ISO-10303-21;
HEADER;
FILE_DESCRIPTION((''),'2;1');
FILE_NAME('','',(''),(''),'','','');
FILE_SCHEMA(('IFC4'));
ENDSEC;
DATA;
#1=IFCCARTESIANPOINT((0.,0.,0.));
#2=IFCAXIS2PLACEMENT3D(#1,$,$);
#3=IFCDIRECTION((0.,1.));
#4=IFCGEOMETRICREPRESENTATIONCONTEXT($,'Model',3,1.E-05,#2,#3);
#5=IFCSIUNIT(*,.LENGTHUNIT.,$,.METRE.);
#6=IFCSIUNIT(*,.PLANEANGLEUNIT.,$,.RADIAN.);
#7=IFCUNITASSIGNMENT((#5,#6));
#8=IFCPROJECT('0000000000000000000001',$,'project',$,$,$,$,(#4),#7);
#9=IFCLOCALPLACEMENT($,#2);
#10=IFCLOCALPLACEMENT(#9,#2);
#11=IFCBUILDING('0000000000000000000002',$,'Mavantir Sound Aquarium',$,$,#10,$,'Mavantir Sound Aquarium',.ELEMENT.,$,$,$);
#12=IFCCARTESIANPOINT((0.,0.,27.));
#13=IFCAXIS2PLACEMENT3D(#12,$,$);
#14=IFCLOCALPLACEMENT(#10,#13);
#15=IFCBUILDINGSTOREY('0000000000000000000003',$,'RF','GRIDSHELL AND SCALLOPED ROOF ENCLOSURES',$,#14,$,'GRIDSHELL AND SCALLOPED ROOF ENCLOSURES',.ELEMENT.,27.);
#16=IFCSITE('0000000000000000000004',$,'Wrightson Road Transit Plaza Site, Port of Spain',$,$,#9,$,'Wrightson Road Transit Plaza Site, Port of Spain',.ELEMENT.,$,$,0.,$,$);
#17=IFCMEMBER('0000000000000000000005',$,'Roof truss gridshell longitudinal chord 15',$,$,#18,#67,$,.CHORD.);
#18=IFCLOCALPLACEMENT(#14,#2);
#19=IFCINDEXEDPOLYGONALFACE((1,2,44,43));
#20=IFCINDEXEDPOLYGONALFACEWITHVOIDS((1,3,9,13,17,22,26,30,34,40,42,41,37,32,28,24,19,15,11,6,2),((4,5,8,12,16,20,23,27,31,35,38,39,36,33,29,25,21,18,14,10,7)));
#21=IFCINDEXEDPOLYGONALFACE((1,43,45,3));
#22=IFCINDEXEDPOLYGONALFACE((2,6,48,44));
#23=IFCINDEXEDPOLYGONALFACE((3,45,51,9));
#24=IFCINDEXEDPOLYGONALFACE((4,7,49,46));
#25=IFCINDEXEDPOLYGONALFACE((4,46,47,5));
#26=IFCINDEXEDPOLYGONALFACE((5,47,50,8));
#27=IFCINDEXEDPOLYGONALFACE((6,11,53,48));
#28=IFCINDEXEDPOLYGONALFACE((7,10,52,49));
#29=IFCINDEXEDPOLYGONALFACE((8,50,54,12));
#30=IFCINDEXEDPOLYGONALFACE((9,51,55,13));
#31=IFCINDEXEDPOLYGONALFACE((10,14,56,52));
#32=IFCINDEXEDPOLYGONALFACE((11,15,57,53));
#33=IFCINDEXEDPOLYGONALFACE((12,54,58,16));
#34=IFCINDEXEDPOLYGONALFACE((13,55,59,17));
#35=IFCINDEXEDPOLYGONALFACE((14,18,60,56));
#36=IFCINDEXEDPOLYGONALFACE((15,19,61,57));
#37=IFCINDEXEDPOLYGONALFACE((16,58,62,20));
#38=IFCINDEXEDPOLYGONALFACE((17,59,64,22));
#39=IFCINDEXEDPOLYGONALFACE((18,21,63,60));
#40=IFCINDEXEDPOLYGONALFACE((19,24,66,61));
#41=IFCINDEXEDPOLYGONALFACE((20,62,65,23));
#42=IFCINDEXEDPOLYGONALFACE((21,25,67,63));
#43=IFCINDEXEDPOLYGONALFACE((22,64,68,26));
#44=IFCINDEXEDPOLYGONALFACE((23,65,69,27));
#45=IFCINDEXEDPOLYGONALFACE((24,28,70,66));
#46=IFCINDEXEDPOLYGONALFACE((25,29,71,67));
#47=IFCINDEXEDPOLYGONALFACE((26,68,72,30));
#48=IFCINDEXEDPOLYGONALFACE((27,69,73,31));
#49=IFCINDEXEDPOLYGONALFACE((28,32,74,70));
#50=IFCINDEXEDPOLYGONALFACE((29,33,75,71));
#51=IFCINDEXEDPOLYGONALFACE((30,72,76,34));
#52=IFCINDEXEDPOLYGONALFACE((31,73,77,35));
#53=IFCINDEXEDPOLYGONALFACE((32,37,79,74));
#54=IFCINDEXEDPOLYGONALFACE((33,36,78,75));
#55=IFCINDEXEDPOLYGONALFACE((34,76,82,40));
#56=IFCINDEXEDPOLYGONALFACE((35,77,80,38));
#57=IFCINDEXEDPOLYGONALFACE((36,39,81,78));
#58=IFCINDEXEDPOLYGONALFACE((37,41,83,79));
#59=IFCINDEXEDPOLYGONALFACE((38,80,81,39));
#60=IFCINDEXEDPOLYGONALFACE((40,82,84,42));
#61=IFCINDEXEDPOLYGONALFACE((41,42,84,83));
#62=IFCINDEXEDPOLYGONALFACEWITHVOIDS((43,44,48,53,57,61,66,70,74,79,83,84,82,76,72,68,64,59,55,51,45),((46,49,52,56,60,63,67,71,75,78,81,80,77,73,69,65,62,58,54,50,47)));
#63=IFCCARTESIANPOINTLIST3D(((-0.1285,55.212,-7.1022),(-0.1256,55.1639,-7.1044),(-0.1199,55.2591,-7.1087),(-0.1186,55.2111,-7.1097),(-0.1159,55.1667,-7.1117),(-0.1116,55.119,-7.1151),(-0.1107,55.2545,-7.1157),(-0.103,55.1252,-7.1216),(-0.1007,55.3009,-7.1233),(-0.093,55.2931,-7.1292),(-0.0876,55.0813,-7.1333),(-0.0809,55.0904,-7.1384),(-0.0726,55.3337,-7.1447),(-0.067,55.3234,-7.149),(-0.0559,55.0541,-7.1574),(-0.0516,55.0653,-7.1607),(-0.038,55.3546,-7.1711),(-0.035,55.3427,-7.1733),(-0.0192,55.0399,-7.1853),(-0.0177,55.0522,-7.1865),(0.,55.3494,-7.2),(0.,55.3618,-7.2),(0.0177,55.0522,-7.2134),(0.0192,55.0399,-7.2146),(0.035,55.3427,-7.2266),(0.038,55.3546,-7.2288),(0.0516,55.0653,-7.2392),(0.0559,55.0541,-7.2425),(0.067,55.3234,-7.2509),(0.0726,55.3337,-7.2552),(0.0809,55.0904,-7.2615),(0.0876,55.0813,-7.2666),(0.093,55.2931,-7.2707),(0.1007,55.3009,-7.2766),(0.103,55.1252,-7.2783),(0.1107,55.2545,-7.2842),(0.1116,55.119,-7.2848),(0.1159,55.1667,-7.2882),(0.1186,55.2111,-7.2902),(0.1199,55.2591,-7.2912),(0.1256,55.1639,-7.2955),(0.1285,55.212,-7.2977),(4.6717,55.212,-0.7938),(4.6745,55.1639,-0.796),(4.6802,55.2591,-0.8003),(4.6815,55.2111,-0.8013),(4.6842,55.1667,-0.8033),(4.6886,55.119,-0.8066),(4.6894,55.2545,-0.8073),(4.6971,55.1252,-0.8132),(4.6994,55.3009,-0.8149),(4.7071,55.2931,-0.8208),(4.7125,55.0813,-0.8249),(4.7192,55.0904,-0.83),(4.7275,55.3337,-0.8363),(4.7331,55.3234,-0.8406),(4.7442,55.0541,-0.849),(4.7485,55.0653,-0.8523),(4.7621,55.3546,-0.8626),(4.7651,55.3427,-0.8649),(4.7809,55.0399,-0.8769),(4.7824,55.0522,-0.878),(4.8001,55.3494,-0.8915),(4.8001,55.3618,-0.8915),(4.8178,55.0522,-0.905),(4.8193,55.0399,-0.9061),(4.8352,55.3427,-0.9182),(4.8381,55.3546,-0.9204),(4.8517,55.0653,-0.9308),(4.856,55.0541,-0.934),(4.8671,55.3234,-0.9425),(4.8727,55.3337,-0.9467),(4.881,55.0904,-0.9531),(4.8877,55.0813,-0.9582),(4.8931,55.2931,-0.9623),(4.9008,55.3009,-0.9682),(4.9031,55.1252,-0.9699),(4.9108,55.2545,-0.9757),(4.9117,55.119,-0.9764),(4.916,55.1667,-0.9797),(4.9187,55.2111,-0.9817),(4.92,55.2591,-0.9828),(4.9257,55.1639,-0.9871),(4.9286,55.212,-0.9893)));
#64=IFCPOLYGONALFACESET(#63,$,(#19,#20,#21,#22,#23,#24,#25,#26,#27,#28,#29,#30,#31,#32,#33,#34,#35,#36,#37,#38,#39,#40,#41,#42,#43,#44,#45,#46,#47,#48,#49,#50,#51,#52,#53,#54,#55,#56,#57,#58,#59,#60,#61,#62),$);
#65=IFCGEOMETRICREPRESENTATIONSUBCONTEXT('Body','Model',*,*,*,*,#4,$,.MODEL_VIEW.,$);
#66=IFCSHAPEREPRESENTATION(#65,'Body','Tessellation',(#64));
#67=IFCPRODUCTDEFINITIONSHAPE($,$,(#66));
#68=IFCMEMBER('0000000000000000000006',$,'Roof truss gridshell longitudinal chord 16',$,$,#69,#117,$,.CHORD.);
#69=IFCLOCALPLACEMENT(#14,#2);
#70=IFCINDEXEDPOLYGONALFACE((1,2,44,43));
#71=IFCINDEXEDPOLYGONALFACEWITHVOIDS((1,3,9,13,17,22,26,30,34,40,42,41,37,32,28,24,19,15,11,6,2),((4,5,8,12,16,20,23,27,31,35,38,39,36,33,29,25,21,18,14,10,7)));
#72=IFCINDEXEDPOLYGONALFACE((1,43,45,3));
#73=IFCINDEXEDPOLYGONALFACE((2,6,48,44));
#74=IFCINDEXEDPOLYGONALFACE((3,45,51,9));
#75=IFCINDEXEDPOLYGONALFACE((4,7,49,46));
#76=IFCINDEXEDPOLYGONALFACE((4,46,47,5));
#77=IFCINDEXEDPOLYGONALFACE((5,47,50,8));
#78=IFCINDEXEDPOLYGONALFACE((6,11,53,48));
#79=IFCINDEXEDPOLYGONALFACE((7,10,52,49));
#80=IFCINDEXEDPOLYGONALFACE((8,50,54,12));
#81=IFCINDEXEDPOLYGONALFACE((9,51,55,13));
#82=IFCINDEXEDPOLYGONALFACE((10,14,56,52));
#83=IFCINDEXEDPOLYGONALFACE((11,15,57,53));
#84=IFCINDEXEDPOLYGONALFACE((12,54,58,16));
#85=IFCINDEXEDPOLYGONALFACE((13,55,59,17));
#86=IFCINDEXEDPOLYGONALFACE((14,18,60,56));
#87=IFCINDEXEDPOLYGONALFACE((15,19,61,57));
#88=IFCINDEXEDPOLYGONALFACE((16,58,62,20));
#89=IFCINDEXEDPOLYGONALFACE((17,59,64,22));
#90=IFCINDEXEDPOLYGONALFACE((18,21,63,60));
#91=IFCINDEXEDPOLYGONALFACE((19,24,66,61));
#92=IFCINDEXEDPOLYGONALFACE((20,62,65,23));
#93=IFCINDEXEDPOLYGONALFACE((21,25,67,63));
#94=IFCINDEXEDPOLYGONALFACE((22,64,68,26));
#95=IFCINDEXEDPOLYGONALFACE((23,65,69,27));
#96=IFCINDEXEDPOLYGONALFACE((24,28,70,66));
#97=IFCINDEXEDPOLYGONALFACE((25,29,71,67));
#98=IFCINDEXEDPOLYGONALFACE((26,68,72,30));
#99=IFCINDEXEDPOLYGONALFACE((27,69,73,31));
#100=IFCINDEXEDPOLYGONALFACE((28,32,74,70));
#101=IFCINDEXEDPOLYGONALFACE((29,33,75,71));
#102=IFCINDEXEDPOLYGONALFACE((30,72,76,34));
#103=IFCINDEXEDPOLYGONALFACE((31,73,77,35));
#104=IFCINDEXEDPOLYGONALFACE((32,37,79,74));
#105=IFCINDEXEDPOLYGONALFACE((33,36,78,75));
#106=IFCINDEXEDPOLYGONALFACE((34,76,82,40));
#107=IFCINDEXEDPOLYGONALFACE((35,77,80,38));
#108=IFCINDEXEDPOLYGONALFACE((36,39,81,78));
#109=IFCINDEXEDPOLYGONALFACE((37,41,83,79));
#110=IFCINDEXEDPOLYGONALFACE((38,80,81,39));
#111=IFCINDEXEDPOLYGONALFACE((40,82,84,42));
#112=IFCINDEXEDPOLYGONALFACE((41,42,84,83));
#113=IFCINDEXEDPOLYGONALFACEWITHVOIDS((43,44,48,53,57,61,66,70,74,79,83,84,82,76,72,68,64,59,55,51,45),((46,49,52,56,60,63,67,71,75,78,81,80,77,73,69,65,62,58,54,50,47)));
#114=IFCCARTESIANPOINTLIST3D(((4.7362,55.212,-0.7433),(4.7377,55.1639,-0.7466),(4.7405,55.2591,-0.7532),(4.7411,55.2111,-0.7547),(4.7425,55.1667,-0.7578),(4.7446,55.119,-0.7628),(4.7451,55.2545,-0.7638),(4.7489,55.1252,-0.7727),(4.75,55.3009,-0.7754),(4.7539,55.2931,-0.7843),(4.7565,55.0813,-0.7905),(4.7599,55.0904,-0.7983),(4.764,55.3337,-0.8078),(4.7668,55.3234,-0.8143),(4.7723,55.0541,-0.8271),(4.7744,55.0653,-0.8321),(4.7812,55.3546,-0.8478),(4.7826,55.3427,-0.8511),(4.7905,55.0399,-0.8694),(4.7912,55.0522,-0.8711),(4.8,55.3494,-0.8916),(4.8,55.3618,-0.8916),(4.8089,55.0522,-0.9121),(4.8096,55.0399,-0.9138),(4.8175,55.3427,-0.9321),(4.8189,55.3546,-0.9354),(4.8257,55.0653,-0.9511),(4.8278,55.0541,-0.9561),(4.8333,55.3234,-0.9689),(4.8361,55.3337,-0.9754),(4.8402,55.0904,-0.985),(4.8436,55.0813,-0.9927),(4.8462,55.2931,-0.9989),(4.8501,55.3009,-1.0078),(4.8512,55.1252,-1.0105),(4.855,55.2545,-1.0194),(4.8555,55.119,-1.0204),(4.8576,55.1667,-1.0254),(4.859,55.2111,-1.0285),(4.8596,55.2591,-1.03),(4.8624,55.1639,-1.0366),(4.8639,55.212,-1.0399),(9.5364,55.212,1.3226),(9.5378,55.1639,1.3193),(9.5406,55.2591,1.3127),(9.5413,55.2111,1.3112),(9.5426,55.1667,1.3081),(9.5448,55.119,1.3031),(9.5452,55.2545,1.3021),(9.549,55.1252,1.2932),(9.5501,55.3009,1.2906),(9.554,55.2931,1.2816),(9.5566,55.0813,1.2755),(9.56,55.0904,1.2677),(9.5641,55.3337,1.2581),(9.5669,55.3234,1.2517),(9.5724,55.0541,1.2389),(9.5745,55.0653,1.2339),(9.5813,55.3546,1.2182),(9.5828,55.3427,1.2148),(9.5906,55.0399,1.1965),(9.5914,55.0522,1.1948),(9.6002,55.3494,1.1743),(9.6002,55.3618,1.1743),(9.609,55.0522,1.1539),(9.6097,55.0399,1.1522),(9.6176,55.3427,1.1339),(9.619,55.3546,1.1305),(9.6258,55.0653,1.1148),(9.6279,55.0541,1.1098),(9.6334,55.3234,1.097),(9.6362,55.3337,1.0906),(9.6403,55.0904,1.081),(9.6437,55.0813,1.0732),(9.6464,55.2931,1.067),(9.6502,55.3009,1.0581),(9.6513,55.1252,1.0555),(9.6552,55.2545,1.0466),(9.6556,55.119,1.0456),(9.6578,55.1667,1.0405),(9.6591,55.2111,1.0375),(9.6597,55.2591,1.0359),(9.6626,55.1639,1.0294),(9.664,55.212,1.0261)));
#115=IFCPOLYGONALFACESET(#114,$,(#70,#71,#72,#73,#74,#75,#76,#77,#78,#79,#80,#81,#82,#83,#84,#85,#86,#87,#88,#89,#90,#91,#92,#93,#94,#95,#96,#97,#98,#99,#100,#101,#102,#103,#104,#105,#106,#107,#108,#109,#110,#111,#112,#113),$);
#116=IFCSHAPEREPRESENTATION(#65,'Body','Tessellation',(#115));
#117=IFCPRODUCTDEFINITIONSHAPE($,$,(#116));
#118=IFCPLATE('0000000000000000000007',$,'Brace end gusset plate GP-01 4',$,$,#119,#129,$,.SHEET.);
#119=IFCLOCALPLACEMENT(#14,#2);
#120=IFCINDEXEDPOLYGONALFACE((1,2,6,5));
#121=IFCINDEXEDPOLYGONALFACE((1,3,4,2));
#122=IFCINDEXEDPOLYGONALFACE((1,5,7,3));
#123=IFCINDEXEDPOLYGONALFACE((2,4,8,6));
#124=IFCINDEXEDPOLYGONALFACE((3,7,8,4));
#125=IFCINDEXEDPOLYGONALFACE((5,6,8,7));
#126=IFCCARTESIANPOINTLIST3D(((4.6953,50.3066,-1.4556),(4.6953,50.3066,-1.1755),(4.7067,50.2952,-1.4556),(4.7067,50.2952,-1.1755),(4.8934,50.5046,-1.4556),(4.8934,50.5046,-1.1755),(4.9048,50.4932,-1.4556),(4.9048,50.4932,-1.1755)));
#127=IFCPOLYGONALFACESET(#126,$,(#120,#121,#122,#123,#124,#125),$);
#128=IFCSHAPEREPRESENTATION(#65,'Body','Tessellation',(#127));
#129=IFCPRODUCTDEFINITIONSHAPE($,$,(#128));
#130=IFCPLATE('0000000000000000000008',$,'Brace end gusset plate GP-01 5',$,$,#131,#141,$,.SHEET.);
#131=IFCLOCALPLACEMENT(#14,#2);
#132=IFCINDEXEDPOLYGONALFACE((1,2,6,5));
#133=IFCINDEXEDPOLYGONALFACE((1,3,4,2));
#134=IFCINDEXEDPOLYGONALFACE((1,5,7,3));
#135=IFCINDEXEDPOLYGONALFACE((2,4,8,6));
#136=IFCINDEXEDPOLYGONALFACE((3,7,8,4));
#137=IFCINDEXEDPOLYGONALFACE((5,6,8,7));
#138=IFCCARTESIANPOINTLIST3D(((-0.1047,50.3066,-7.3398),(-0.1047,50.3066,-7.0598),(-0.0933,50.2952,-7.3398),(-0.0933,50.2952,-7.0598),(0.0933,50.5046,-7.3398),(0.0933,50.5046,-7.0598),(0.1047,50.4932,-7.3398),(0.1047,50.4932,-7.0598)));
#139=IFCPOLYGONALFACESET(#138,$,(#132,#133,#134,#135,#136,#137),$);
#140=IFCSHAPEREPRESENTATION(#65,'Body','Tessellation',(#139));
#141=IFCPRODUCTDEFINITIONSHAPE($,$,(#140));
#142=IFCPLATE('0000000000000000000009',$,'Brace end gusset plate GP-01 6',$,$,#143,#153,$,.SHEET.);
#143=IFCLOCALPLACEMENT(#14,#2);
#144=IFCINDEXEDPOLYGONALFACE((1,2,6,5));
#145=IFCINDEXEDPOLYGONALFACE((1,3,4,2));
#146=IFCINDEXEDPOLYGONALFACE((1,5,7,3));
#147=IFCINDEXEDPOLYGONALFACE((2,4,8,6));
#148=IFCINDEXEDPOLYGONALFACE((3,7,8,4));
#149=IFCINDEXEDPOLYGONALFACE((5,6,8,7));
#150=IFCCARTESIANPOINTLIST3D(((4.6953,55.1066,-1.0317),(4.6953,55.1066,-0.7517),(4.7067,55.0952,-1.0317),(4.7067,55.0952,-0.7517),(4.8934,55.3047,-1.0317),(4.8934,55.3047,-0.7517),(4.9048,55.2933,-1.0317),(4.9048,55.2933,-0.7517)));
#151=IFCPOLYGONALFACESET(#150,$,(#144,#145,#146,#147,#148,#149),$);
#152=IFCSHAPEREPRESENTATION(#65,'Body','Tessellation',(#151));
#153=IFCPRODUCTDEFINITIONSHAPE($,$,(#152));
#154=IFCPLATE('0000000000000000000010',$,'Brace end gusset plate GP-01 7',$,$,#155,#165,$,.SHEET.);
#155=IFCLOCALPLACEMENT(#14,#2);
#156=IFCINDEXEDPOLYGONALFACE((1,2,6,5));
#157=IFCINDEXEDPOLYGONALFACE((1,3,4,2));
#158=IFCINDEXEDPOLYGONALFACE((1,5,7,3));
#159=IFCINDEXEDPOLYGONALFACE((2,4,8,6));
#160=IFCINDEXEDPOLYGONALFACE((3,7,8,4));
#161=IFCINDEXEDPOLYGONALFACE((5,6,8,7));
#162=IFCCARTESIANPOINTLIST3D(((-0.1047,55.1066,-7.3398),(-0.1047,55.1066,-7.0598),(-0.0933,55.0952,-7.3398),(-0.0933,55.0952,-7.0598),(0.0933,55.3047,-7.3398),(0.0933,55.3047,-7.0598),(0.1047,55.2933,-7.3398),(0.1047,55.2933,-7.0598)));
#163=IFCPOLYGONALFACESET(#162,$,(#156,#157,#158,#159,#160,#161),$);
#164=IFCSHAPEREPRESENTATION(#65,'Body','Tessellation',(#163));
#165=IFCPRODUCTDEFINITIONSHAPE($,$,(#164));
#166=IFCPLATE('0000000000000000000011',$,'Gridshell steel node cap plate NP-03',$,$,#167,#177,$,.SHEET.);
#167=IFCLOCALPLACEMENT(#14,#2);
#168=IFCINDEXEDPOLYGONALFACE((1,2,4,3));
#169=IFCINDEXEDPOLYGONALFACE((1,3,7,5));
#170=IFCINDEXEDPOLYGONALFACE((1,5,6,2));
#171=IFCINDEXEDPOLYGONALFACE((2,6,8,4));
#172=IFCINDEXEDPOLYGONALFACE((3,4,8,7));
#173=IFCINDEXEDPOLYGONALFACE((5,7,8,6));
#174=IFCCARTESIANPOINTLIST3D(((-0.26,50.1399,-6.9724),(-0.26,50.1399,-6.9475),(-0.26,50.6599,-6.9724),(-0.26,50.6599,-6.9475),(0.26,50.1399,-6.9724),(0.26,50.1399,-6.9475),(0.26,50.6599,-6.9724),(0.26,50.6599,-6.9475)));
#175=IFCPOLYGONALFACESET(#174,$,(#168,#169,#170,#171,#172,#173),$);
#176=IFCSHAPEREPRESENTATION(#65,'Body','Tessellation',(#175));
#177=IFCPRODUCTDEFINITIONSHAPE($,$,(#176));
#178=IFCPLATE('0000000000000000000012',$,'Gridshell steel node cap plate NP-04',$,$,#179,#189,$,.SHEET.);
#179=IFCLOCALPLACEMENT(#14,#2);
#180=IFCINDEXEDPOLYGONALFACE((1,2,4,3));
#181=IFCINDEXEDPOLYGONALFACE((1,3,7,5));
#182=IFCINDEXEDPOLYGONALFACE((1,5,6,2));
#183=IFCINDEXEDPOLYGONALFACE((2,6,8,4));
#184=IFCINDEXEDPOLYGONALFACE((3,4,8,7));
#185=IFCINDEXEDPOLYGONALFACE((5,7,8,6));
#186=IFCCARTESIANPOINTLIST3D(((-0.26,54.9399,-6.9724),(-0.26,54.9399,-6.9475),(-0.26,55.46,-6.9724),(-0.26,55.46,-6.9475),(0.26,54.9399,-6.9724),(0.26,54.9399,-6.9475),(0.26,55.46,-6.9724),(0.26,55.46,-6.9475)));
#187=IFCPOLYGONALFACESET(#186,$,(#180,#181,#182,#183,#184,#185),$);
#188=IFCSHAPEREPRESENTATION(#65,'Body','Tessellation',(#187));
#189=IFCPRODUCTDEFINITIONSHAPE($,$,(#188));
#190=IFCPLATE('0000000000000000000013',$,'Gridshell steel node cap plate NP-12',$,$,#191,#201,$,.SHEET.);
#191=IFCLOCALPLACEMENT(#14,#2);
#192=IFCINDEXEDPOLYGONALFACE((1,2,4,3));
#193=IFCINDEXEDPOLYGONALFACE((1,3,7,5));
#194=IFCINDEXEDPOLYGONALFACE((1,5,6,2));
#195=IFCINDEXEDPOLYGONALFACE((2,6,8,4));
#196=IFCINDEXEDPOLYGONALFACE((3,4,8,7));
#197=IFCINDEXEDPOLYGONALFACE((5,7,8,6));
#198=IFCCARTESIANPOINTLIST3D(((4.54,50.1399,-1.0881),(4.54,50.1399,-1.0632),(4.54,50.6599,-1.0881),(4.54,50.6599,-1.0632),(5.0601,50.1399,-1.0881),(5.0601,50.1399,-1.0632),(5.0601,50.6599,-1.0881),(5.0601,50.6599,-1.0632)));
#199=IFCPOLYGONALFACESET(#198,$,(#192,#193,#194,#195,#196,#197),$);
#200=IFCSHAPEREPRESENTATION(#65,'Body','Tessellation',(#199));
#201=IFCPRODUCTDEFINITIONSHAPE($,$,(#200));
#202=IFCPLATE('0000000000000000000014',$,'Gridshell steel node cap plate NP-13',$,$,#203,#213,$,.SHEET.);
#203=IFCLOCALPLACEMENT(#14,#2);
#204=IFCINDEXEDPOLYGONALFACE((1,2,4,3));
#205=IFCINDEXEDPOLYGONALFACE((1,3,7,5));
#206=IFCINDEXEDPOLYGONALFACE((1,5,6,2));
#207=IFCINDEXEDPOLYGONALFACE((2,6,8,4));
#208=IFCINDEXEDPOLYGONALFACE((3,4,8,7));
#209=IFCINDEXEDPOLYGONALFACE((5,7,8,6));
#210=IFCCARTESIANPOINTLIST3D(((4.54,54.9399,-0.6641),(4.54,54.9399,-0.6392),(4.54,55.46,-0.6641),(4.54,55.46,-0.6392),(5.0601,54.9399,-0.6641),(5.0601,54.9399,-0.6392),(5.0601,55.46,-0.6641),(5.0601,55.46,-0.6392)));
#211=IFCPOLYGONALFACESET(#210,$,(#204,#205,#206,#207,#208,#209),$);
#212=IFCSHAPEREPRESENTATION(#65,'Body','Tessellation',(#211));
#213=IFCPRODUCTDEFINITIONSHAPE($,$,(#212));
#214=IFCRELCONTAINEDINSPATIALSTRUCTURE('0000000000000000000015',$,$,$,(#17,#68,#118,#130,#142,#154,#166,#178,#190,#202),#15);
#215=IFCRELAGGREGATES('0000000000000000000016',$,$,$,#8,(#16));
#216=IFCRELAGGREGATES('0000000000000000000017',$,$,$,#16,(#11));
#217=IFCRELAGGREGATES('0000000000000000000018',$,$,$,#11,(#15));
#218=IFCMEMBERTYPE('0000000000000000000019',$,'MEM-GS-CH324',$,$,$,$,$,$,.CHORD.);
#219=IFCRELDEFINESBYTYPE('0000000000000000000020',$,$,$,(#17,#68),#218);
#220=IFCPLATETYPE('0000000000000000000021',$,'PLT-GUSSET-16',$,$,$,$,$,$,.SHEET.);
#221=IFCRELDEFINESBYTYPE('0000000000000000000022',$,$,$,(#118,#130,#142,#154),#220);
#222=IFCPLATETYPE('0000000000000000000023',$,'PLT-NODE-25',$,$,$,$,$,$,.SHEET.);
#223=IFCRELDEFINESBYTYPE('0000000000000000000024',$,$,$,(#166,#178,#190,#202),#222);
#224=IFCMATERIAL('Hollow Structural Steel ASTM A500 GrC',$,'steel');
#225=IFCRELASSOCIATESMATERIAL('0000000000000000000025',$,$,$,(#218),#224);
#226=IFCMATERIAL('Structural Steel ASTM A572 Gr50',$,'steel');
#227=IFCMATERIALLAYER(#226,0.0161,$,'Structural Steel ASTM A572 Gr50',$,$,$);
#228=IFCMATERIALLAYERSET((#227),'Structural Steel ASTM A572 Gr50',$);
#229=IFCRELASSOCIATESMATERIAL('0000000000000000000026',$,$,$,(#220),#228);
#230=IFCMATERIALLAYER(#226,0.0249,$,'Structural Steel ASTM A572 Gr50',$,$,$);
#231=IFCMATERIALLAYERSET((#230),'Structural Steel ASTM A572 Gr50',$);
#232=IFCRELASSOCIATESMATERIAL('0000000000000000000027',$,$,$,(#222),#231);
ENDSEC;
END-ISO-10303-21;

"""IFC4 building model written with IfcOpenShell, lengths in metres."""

from ifc_helpers import new_model, si_unit, direction, frame, origin, origin_2d, place, context, subcontext, project, spatial, rectangle, hollow_circle, extrude, material, layer, layer_set, material_profile, profile_set, type_object, element, save


model = new_model("IFC4")

# Units and contexts
model_context = context("Model", 3, precision=1e-05, world=origin(), true_north=direction((0.0, 1.0)))
body_context = subcontext(model_context, "Body", "Model", "MODEL_VIEW")
ifc_project = project(units=[si_unit("LENGTHUNIT", "METRE"), si_unit("PLANEANGLEUNIT", "RADIAN")], contexts=[model_context])

# Site, building, storey
site_placement = place(None, origin())
site = spatial("IfcSite", under=ifc_project, at=site_placement, Name="Wrightson Road Transit Plaza Site, Port of Spain", LongName="Wrightson Road Transit Plaza Site, Port of Spain", CompositionType="ELEMENT", RefElevation=0.0)
building_placement = place(site_placement, origin())
building = spatial("IfcBuilding", under=site, at=building_placement, Name="Mavantir Sound Aquarium", LongName="Mavantir Sound Aquarium", CompositionType="ELEMENT")
storey_placement = place(building_placement, frame((0.0, 0.0, 27.0)))
storey = spatial("IfcBuildingStorey", under=building, at=storey_placement, Name="RF", Description="GRIDSHELL AND SCALLOPED ROOF ENCLOSURES", LongName="GRIDSHELL AND SCALLOPED ROOF ENCLOSURES", CompositionType="ELEMENT", Elevation=27.0)

# Shared definitions
ifc_material_1 = material(Name="Hollow Structural Steel ASTM A500 GrC", Category="steel")

# Members
ifc_material_profile_1 = material_profile(ifc_material_1, hollow_circle(Radius=0.1619, WallThickness=0.0125, at=origin_2d()), Name="CHS 323.9X12.5")
ifc_profile_set_1 = profile_set([ifc_material_profile_1], Name="Hollow Structural Steel ASTM A500 GrC")
member_type_1 = type_object("IfcMemberType", Name="MEM-GS-CH324", PredefinedType="CHORD", material=ifc_profile_set_1)
member_1_placement = place(storey_placement, frame((0.0, 55.2, -7.2), z_axis=(0.605539, 0.0, 0.795815), x_axis=(0.0, 1.0, 0.0)))
element("IfcMember", 1, at=member_1_placement, inside=storey, type_object=member_type_1, Name="Roof truss gridshell longitudinal chord 15", PredefinedType="CHORD", context=body_context, shape_type="SweptSolid", body=[
    extrude(hollow_circle(Radius=0.1619, WallThickness=0.0125, at=origin_2d()), origin(), (0.0, 0.0, 1.0), 7.927),
])
member_2_placement = place(storey_placement, frame((4.8, 55.2, -0.8916), z_axis=(0.918537, 0.0, 0.395334), x_axis=(0.0, 1.0, 0.0)))
element("IfcMember", 2, at=member_2_placement, inside=storey, type_object=member_type_1, Name="Roof truss gridshell longitudinal chord 16", PredefinedType="CHORD", context=body_context, shape_type="SweptSolid", body=[
    extrude(hollow_circle(Radius=0.1619, WallThickness=0.0125, at=origin_2d()), origin(), (0.0, 0.0, 1.0), 5.2258),
])

# Plates
ifc_material_2 = material(Name="Structural Steel ASTM A572 Gr50", Category="steel")
ifc_layer_1 = layer(ifc_material_2, 0.0161, Name="Structural Steel ASTM A572 Gr50")
ifc_layer_set_1 = layer_set([ifc_layer_1], Name="Structural Steel ASTM A572 Gr50")
plate_type_1 = type_object("IfcPlateType", Name="PLT-GUSSET-16", PredefinedType="SHEET", material=ifc_layer_set_1)
for number, where, z_axis, x_axis, name in (
    (3, (4.8, 50.3999, -1.4556), (0.0, 0.0, 1.0), (0.707107, 0.707107, 0.0), "Brace end gusset plate GP-01 4"),
    (4, (0.0, 50.3999, -7.3398), (0.0, 0.0, 1.0), (0.707107, 0.707107, 0.0), "Brace end gusset plate GP-01 5"),
    (5, (4.8, 55.2, -1.0317), (0.0, 0.0, 1.0), (0.707107, 0.707107, 0.0), "Brace end gusset plate GP-01 6"),
    (6, (0.0, 55.2, -7.3398), (0.0, 0.0, 1.0), (0.707107, 0.707107, 0.0), "Brace end gusset plate GP-01 7"),
):
    element("IfcPlate", number, at=place(storey_placement, frame(where, z_axis=z_axis, x_axis=x_axis)), inside=storey, type_object=plate_type_1, Name=name, PredefinedType="SHEET", context=body_context, shape_type="SweptSolid", body=[
        extrude(rectangle(XDim=0.28, YDim=0.0161, at=origin_2d()), origin(), (0.0, 0.0, 1.0), 0.28),
    ])
ifc_layer_2 = layer(ifc_material_2, 0.0249, Name="Structural Steel ASTM A572 Gr50")
ifc_layer_set_2 = layer_set([ifc_layer_2], Name="Structural Steel ASTM A572 Gr50")
plate_type_2 = type_object("IfcPlateType", Name="PLT-NODE-25", PredefinedType="SHEET", material=ifc_layer_set_2)
for number, where, z_axis, x_axis, name in (
    (7, (0.0, 50.3999, -6.9724), (0.0, 0.0, 1.0), (1.0, 0.0, 0.0), "Gridshell steel node cap plate NP-03"),
    (8, (0.0, 55.2, -6.9724), (0.0, 0.0, 1.0), (1.0, 0.0, 0.0), "Gridshell steel node cap plate NP-04"),
    (9, (4.8, 50.3999, -1.0881), (0.0, 0.0, 1.0), (1.0, 0.0, 0.0), "Gridshell steel node cap plate NP-12"),
    (10, (4.8, 55.2, -0.6641), (0.0, 0.0, 1.0), (1.0, 0.0, 0.0), "Gridshell steel node cap plate NP-13"),
):
    element("IfcPlate", number, at=place(storey_placement, frame(where, z_axis=z_axis, x_axis=x_axis)), inside=storey, type_object=plate_type_2, Name=name, PredefinedType="SHEET", context=body_context, shape_type="SweptSolid", body=[
        extrude(rectangle(XDim=0.52, YDim=0.52, at=origin_2d()), origin(), (0.0, 0.0, 1.0), 0.0249),
    ])

save(model, "model.ifc")
